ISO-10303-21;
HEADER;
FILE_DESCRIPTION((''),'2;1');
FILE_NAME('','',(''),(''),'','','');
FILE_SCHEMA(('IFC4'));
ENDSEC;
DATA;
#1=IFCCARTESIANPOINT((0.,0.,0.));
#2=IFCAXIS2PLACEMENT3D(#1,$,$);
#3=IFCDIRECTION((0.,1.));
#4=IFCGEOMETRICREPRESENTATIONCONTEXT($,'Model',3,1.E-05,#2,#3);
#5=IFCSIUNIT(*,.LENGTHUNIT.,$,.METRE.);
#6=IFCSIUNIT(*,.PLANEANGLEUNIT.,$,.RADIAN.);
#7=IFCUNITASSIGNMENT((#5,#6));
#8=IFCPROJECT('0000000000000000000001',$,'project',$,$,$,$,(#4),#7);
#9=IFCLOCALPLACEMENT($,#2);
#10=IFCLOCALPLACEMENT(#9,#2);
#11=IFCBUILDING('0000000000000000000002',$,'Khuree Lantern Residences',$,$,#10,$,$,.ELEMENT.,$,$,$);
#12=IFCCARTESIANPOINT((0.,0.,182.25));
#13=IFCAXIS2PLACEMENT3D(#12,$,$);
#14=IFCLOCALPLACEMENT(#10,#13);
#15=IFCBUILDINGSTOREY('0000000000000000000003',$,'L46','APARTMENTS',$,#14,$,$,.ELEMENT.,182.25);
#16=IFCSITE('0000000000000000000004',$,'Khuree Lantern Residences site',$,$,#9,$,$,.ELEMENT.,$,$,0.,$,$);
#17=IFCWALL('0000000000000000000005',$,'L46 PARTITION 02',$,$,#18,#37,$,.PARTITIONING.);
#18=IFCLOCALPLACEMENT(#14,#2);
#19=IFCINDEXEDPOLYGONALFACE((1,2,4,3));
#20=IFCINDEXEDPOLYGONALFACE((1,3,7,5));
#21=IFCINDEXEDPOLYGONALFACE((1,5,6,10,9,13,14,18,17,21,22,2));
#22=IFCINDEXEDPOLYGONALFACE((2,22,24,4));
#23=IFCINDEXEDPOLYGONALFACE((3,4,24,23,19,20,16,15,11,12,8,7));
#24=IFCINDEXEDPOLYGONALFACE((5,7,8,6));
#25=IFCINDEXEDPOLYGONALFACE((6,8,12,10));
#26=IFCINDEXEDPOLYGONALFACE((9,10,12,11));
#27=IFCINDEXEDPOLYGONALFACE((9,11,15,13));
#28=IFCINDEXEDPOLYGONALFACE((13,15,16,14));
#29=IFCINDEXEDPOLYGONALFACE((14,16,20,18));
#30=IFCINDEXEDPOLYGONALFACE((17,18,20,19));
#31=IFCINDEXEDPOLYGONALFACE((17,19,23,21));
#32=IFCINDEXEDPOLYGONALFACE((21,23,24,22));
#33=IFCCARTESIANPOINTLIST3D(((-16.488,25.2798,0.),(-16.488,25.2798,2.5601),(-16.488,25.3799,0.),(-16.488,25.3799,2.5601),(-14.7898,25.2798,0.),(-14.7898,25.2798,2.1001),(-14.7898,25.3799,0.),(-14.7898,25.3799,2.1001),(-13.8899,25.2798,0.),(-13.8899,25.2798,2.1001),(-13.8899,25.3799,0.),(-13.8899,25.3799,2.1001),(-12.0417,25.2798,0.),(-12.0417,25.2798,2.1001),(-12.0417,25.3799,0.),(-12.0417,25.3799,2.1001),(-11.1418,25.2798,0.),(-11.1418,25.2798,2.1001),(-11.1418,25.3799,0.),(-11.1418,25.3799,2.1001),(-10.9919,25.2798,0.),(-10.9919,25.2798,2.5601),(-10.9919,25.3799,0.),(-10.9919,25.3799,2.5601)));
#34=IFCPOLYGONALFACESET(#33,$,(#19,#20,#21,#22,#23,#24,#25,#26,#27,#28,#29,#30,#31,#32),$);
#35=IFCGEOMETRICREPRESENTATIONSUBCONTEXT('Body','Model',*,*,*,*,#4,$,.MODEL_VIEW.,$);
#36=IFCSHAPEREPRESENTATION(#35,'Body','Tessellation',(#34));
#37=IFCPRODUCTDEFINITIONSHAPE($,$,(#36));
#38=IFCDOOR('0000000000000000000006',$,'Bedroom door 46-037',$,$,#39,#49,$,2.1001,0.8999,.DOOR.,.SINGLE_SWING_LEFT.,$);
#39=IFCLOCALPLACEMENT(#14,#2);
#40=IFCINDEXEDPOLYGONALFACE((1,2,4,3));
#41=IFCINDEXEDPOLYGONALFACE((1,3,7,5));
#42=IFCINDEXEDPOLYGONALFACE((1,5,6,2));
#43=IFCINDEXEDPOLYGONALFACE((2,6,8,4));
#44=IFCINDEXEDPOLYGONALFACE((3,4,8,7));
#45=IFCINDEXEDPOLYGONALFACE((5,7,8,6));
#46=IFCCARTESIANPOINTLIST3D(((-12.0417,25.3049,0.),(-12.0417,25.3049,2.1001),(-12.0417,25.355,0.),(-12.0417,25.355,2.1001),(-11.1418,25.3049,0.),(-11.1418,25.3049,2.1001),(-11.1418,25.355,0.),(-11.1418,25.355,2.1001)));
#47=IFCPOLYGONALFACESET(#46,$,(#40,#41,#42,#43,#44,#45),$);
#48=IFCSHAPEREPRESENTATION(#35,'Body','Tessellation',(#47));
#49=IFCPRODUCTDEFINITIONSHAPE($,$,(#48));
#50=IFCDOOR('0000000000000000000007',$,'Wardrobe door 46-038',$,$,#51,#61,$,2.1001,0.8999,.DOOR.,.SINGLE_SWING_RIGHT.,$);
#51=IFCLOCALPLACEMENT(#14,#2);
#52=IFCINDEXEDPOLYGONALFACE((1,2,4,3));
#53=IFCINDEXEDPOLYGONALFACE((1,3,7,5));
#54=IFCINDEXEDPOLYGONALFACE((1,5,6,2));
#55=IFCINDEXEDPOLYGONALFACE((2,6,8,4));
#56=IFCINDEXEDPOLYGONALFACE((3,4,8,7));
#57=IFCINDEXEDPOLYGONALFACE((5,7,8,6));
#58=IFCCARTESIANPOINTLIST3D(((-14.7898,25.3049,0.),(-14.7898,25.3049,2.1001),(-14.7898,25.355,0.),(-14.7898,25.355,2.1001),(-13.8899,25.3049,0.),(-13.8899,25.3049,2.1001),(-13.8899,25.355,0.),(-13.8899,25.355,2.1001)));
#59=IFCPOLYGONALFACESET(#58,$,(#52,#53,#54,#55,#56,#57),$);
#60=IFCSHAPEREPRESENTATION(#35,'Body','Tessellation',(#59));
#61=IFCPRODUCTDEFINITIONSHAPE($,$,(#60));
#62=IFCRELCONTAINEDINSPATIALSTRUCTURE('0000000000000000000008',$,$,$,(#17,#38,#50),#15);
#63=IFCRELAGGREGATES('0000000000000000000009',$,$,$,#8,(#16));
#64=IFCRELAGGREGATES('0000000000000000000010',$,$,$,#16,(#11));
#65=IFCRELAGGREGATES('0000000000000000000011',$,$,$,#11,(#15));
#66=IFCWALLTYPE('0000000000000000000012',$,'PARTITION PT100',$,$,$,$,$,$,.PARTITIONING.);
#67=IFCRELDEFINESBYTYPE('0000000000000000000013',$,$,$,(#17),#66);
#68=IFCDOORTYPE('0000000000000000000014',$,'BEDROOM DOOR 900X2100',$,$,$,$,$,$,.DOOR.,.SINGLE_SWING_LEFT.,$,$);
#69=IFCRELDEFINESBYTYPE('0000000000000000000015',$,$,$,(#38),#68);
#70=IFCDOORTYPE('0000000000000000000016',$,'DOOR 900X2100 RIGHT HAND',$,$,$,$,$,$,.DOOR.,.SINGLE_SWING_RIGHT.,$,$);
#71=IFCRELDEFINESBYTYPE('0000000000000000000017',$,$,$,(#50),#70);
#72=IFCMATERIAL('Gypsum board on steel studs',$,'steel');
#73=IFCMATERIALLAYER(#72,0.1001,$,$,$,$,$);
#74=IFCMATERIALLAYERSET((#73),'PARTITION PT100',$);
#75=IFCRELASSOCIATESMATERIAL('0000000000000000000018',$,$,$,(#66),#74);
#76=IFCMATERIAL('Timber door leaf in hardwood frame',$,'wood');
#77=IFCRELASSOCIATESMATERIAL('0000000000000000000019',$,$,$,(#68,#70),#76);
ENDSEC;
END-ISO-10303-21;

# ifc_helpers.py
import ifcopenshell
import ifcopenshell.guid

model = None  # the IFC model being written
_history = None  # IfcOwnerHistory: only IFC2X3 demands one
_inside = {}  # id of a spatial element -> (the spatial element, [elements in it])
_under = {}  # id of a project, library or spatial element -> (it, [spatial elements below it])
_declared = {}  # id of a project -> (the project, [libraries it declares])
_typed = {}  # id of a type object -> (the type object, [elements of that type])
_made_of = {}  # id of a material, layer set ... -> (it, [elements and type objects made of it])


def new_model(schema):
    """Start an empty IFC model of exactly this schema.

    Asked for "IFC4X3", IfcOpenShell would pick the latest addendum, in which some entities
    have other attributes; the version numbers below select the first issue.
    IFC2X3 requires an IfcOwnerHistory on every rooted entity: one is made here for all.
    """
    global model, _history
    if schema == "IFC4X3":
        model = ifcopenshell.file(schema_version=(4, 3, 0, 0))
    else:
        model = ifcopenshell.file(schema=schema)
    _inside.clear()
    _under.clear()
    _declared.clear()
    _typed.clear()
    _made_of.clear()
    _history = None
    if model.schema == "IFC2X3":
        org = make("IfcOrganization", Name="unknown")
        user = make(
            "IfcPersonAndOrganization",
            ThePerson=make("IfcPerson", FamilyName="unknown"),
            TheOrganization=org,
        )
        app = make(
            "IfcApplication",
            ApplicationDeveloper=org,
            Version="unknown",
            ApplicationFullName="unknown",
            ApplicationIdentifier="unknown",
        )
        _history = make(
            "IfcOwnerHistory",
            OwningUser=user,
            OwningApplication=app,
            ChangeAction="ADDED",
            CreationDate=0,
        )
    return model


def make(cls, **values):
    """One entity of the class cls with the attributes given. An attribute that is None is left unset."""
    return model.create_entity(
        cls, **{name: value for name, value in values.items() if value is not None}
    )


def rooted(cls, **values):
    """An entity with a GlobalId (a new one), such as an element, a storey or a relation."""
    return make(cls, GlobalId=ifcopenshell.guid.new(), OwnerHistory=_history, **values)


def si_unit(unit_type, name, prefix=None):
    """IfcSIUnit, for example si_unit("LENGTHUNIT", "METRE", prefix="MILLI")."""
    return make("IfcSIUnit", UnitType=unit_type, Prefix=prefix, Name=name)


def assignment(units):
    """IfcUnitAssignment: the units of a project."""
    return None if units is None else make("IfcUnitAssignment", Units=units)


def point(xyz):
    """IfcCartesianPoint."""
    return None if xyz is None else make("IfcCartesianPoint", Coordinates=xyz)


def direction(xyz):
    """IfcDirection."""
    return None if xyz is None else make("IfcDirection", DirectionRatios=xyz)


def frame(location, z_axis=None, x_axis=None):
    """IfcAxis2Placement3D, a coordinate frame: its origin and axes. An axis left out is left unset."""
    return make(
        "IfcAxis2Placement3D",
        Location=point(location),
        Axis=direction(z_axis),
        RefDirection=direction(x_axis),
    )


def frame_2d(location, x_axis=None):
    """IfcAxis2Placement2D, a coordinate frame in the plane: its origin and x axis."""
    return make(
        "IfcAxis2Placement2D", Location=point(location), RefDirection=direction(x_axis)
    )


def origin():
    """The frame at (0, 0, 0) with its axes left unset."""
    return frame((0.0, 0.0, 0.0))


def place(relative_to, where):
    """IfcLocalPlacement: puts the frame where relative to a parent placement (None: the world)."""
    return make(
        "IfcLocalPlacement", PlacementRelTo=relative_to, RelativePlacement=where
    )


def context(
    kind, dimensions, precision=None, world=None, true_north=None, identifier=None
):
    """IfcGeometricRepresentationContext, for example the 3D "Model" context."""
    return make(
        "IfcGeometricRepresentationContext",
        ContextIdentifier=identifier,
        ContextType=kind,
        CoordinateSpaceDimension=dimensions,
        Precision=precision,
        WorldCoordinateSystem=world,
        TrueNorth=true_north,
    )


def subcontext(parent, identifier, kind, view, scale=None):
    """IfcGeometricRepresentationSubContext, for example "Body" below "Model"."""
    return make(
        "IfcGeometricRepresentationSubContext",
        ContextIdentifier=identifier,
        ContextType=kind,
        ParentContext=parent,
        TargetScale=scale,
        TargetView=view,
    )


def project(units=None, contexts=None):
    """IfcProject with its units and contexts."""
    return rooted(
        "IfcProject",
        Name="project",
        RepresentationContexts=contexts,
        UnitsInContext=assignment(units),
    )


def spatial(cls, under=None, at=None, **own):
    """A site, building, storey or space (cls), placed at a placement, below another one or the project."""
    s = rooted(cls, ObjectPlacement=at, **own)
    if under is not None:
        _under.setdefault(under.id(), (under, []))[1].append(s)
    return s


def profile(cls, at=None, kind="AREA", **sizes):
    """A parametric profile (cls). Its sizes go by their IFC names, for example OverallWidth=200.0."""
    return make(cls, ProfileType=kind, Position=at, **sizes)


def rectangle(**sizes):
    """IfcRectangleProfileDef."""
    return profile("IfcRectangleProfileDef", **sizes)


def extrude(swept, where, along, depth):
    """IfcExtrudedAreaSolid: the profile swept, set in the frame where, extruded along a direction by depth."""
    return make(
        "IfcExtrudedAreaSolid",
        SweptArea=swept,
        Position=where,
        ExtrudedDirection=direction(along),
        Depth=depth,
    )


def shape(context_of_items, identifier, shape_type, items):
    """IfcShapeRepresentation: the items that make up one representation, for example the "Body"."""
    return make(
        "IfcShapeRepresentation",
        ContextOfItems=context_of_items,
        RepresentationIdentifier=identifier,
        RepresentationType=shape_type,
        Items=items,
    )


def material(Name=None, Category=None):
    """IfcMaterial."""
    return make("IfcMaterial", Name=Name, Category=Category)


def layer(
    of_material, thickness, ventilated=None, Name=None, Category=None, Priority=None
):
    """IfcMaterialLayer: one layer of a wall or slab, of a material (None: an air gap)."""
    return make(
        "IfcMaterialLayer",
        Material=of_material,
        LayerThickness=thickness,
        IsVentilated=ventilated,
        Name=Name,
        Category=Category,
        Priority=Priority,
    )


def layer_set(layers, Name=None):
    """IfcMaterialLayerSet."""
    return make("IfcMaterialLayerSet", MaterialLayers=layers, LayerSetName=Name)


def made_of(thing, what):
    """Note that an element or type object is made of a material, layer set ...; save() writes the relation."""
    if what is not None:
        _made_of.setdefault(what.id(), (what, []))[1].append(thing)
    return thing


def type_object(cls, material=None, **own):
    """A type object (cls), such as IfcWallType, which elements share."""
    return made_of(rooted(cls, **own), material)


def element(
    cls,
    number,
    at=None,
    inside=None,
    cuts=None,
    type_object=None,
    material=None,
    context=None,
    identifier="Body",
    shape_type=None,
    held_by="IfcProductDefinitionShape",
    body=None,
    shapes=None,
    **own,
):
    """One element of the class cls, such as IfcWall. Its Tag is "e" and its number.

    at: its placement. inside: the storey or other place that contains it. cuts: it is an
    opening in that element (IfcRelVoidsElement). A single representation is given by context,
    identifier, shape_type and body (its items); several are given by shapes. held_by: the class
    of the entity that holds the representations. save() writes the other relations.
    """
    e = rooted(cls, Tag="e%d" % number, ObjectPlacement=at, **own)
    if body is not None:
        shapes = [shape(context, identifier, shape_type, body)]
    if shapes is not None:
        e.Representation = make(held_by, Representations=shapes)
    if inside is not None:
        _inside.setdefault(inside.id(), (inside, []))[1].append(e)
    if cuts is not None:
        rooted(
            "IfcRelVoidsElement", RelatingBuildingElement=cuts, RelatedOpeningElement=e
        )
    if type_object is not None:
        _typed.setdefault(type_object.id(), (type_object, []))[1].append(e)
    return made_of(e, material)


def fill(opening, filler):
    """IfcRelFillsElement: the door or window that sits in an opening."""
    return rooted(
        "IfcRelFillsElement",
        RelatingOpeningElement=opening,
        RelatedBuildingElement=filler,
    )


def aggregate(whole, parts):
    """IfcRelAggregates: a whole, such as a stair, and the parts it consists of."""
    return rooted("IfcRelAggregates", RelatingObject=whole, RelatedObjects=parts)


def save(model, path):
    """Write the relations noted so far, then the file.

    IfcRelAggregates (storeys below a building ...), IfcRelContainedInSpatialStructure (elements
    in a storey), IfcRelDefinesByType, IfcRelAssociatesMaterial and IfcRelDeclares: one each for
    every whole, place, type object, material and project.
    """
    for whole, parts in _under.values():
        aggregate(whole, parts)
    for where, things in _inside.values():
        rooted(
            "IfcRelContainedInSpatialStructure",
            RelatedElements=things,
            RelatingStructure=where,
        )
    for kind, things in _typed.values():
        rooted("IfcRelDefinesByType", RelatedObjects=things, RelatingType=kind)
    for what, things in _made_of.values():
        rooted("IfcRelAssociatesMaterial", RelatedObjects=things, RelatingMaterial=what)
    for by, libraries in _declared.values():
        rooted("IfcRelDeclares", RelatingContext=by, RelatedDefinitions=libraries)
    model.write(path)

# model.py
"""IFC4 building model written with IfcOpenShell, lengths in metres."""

from ifc_helpers import new_model, si_unit, direction, frame, frame_2d, origin, place, context, subcontext, project, spatial, rectangle, extrude, material, layer, layer_set, type_object, element, fill, save


model = new_model("IFC4")

# Units and contexts
model_context = context("Model", 3, precision=1e-05, world=origin(), true_north=direction((0.0, 1.0)))
body_context = subcontext(model_context, "Body", "Model", "MODEL_VIEW")
ifc_project = project(units=[si_unit("LENGTHUNIT", "METRE"), si_unit("PLANEANGLEUNIT", "RADIAN")], contexts=[model_context])

# Site, building, storey
site_placement = place(None, origin())
site = spatial("IfcSite", under=ifc_project, at=site_placement, Name="Khuree Lantern Residences site", CompositionType="ELEMENT", RefElevation=0.0)
building_placement = place(site_placement, origin())
building = spatial("IfcBuilding", under=site, at=building_placement, Name="Khuree Lantern Residences", CompositionType="ELEMENT")
storey_placement = place(building_placement, frame((0.0, 0.0, 182.25)))
storey = spatial("IfcBuildingStorey", under=building, at=storey_placement, Name="L46", Description="APARTMENTS", CompositionType="ELEMENT", Elevation=182.25)

# Shared definitions
ifc_material_1 = material(Name="Gypsum board on steel studs", Category="steel")
ifc_layer_1 = layer(ifc_material_1, 0.1001)
ifc_layer_set_1 = layer_set([ifc_layer_1], Name="PARTITION PT100")
wall_type = type_object("IfcWallType", Name="PARTITION PT100", PredefinedType="PARTITIONING", material=ifc_layer_set_1)

# Shared definitions
ifc_material_2 = material(Name="Timber door leaf in hardwood frame", Category="wood")
door_type_1 = type_object("IfcDoorType", Name="BEDROOM DOOR 900X2100", OperationType="SINGLE_SWING_LEFT", PredefinedType="DOOR", material=ifc_material_2)

# Wall, openings, doors
wall_1_placement = place(storey_placement, frame((-10.9919, 25.3298, 0.0), z_axis=(0.0, 0.0, 1.0), x_axis=(-1.0, 0.0, 0.0)))
wall_1 = element("IfcWall", 1, at=wall_1_placement, inside=storey, type_object=wall_type, Name="L46 PARTITION 02", PredefinedType="PARTITIONING", context=body_context, shape_type="SweptSolid", body=[
    extrude(rectangle(XDim=5.4961, YDim=0.1001, at=frame_2d((2.748, 0.0))), origin(), (0.0, 0.0, 1.0), 2.5601),
])
opening_1_placement = place(wall_1_placement, frame((0.1499, 0.0, 0.0)))
opening_1 = element("IfcOpeningElement", 2, at=opening_1_placement, cuts=wall_1, PredefinedType="OPENING", context=body_context, shape_type="SweptSolid", body=[
    extrude(rectangle(XDim=0.8999, YDim=2.1001, at=frame_2d((0.45, 1.05))), frame((0.0, 0.0601, 0.0), z_axis=(0.0, -1.0, 0.0), x_axis=(1.0, 0.0, 0.0)), (0.0, 0.0, 1.0), 0.1201),
])
opening_2_placement = place(wall_1_placement, frame((2.8979, 0.0, 0.0)))
opening_2 = element("IfcOpeningElement", 3, at=opening_2_placement, cuts=wall_1, PredefinedType="OPENING", context=body_context, shape_type="SweptSolid", body=[
    extrude(rectangle(XDim=0.8999, YDim=2.1001, at=frame_2d((0.45, 1.05))), frame((0.0, 0.0601, 0.0), z_axis=(0.0, -1.0, 0.0), x_axis=(1.0, 0.0, 0.0)), (0.0, 0.0, 1.0), 0.1201),
])
door_1_placement = place(opening_1_placement, origin())
door_1 = element("IfcDoor", 4, at=door_1_placement, inside=storey, type_object=door_type_1, Name="Bedroom door 46-037", OperationType="SINGLE_SWING_LEFT", OverallHeight=2.1001, OverallWidth=0.8999, PredefinedType="DOOR", context=body_context, shape_type="SweptSolid", body=[
    extrude(rectangle(XDim=0.8999, YDim=2.1001, at=frame_2d((0.45, 1.05))), frame((0.0, 0.0249, 0.0), z_axis=(0.0, -1.0, 0.0), x_axis=(1.0, 0.0, 0.0)), (0.0, 0.0, 1.0), 0.05),
])
fill(opening_1, door_1)
door_type_2 = type_object("IfcDoorType", Name="DOOR 900X2100 RIGHT HAND", OperationType="SINGLE_SWING_RIGHT", PredefinedType="DOOR", material=ifc_material_2)
door_2_placement = place(opening_2_placement, origin())
door_2 = element("IfcDoor", 5, at=door_2_placement, inside=storey, type_object=door_type_2, Name="Wardrobe door 46-038", OperationType="SINGLE_SWING_RIGHT", OverallHeight=2.1001, OverallWidth=0.8999, PredefinedType="DOOR", context=body_context, shape_type="SweptSolid", body=[
    extrude(rectangle(XDim=0.8999, YDim=2.1001, at=frame_2d((0.45, 1.05))), frame((0.0, 0.0249, 0.0), z_axis=(0.0, -1.0, 0.0), x_axis=(1.0, 0.0, 0.0)), (0.0, 0.0, 1.0), 0.05),
])
fill(opening_2, door_2)

save(model, "model.ifc")
